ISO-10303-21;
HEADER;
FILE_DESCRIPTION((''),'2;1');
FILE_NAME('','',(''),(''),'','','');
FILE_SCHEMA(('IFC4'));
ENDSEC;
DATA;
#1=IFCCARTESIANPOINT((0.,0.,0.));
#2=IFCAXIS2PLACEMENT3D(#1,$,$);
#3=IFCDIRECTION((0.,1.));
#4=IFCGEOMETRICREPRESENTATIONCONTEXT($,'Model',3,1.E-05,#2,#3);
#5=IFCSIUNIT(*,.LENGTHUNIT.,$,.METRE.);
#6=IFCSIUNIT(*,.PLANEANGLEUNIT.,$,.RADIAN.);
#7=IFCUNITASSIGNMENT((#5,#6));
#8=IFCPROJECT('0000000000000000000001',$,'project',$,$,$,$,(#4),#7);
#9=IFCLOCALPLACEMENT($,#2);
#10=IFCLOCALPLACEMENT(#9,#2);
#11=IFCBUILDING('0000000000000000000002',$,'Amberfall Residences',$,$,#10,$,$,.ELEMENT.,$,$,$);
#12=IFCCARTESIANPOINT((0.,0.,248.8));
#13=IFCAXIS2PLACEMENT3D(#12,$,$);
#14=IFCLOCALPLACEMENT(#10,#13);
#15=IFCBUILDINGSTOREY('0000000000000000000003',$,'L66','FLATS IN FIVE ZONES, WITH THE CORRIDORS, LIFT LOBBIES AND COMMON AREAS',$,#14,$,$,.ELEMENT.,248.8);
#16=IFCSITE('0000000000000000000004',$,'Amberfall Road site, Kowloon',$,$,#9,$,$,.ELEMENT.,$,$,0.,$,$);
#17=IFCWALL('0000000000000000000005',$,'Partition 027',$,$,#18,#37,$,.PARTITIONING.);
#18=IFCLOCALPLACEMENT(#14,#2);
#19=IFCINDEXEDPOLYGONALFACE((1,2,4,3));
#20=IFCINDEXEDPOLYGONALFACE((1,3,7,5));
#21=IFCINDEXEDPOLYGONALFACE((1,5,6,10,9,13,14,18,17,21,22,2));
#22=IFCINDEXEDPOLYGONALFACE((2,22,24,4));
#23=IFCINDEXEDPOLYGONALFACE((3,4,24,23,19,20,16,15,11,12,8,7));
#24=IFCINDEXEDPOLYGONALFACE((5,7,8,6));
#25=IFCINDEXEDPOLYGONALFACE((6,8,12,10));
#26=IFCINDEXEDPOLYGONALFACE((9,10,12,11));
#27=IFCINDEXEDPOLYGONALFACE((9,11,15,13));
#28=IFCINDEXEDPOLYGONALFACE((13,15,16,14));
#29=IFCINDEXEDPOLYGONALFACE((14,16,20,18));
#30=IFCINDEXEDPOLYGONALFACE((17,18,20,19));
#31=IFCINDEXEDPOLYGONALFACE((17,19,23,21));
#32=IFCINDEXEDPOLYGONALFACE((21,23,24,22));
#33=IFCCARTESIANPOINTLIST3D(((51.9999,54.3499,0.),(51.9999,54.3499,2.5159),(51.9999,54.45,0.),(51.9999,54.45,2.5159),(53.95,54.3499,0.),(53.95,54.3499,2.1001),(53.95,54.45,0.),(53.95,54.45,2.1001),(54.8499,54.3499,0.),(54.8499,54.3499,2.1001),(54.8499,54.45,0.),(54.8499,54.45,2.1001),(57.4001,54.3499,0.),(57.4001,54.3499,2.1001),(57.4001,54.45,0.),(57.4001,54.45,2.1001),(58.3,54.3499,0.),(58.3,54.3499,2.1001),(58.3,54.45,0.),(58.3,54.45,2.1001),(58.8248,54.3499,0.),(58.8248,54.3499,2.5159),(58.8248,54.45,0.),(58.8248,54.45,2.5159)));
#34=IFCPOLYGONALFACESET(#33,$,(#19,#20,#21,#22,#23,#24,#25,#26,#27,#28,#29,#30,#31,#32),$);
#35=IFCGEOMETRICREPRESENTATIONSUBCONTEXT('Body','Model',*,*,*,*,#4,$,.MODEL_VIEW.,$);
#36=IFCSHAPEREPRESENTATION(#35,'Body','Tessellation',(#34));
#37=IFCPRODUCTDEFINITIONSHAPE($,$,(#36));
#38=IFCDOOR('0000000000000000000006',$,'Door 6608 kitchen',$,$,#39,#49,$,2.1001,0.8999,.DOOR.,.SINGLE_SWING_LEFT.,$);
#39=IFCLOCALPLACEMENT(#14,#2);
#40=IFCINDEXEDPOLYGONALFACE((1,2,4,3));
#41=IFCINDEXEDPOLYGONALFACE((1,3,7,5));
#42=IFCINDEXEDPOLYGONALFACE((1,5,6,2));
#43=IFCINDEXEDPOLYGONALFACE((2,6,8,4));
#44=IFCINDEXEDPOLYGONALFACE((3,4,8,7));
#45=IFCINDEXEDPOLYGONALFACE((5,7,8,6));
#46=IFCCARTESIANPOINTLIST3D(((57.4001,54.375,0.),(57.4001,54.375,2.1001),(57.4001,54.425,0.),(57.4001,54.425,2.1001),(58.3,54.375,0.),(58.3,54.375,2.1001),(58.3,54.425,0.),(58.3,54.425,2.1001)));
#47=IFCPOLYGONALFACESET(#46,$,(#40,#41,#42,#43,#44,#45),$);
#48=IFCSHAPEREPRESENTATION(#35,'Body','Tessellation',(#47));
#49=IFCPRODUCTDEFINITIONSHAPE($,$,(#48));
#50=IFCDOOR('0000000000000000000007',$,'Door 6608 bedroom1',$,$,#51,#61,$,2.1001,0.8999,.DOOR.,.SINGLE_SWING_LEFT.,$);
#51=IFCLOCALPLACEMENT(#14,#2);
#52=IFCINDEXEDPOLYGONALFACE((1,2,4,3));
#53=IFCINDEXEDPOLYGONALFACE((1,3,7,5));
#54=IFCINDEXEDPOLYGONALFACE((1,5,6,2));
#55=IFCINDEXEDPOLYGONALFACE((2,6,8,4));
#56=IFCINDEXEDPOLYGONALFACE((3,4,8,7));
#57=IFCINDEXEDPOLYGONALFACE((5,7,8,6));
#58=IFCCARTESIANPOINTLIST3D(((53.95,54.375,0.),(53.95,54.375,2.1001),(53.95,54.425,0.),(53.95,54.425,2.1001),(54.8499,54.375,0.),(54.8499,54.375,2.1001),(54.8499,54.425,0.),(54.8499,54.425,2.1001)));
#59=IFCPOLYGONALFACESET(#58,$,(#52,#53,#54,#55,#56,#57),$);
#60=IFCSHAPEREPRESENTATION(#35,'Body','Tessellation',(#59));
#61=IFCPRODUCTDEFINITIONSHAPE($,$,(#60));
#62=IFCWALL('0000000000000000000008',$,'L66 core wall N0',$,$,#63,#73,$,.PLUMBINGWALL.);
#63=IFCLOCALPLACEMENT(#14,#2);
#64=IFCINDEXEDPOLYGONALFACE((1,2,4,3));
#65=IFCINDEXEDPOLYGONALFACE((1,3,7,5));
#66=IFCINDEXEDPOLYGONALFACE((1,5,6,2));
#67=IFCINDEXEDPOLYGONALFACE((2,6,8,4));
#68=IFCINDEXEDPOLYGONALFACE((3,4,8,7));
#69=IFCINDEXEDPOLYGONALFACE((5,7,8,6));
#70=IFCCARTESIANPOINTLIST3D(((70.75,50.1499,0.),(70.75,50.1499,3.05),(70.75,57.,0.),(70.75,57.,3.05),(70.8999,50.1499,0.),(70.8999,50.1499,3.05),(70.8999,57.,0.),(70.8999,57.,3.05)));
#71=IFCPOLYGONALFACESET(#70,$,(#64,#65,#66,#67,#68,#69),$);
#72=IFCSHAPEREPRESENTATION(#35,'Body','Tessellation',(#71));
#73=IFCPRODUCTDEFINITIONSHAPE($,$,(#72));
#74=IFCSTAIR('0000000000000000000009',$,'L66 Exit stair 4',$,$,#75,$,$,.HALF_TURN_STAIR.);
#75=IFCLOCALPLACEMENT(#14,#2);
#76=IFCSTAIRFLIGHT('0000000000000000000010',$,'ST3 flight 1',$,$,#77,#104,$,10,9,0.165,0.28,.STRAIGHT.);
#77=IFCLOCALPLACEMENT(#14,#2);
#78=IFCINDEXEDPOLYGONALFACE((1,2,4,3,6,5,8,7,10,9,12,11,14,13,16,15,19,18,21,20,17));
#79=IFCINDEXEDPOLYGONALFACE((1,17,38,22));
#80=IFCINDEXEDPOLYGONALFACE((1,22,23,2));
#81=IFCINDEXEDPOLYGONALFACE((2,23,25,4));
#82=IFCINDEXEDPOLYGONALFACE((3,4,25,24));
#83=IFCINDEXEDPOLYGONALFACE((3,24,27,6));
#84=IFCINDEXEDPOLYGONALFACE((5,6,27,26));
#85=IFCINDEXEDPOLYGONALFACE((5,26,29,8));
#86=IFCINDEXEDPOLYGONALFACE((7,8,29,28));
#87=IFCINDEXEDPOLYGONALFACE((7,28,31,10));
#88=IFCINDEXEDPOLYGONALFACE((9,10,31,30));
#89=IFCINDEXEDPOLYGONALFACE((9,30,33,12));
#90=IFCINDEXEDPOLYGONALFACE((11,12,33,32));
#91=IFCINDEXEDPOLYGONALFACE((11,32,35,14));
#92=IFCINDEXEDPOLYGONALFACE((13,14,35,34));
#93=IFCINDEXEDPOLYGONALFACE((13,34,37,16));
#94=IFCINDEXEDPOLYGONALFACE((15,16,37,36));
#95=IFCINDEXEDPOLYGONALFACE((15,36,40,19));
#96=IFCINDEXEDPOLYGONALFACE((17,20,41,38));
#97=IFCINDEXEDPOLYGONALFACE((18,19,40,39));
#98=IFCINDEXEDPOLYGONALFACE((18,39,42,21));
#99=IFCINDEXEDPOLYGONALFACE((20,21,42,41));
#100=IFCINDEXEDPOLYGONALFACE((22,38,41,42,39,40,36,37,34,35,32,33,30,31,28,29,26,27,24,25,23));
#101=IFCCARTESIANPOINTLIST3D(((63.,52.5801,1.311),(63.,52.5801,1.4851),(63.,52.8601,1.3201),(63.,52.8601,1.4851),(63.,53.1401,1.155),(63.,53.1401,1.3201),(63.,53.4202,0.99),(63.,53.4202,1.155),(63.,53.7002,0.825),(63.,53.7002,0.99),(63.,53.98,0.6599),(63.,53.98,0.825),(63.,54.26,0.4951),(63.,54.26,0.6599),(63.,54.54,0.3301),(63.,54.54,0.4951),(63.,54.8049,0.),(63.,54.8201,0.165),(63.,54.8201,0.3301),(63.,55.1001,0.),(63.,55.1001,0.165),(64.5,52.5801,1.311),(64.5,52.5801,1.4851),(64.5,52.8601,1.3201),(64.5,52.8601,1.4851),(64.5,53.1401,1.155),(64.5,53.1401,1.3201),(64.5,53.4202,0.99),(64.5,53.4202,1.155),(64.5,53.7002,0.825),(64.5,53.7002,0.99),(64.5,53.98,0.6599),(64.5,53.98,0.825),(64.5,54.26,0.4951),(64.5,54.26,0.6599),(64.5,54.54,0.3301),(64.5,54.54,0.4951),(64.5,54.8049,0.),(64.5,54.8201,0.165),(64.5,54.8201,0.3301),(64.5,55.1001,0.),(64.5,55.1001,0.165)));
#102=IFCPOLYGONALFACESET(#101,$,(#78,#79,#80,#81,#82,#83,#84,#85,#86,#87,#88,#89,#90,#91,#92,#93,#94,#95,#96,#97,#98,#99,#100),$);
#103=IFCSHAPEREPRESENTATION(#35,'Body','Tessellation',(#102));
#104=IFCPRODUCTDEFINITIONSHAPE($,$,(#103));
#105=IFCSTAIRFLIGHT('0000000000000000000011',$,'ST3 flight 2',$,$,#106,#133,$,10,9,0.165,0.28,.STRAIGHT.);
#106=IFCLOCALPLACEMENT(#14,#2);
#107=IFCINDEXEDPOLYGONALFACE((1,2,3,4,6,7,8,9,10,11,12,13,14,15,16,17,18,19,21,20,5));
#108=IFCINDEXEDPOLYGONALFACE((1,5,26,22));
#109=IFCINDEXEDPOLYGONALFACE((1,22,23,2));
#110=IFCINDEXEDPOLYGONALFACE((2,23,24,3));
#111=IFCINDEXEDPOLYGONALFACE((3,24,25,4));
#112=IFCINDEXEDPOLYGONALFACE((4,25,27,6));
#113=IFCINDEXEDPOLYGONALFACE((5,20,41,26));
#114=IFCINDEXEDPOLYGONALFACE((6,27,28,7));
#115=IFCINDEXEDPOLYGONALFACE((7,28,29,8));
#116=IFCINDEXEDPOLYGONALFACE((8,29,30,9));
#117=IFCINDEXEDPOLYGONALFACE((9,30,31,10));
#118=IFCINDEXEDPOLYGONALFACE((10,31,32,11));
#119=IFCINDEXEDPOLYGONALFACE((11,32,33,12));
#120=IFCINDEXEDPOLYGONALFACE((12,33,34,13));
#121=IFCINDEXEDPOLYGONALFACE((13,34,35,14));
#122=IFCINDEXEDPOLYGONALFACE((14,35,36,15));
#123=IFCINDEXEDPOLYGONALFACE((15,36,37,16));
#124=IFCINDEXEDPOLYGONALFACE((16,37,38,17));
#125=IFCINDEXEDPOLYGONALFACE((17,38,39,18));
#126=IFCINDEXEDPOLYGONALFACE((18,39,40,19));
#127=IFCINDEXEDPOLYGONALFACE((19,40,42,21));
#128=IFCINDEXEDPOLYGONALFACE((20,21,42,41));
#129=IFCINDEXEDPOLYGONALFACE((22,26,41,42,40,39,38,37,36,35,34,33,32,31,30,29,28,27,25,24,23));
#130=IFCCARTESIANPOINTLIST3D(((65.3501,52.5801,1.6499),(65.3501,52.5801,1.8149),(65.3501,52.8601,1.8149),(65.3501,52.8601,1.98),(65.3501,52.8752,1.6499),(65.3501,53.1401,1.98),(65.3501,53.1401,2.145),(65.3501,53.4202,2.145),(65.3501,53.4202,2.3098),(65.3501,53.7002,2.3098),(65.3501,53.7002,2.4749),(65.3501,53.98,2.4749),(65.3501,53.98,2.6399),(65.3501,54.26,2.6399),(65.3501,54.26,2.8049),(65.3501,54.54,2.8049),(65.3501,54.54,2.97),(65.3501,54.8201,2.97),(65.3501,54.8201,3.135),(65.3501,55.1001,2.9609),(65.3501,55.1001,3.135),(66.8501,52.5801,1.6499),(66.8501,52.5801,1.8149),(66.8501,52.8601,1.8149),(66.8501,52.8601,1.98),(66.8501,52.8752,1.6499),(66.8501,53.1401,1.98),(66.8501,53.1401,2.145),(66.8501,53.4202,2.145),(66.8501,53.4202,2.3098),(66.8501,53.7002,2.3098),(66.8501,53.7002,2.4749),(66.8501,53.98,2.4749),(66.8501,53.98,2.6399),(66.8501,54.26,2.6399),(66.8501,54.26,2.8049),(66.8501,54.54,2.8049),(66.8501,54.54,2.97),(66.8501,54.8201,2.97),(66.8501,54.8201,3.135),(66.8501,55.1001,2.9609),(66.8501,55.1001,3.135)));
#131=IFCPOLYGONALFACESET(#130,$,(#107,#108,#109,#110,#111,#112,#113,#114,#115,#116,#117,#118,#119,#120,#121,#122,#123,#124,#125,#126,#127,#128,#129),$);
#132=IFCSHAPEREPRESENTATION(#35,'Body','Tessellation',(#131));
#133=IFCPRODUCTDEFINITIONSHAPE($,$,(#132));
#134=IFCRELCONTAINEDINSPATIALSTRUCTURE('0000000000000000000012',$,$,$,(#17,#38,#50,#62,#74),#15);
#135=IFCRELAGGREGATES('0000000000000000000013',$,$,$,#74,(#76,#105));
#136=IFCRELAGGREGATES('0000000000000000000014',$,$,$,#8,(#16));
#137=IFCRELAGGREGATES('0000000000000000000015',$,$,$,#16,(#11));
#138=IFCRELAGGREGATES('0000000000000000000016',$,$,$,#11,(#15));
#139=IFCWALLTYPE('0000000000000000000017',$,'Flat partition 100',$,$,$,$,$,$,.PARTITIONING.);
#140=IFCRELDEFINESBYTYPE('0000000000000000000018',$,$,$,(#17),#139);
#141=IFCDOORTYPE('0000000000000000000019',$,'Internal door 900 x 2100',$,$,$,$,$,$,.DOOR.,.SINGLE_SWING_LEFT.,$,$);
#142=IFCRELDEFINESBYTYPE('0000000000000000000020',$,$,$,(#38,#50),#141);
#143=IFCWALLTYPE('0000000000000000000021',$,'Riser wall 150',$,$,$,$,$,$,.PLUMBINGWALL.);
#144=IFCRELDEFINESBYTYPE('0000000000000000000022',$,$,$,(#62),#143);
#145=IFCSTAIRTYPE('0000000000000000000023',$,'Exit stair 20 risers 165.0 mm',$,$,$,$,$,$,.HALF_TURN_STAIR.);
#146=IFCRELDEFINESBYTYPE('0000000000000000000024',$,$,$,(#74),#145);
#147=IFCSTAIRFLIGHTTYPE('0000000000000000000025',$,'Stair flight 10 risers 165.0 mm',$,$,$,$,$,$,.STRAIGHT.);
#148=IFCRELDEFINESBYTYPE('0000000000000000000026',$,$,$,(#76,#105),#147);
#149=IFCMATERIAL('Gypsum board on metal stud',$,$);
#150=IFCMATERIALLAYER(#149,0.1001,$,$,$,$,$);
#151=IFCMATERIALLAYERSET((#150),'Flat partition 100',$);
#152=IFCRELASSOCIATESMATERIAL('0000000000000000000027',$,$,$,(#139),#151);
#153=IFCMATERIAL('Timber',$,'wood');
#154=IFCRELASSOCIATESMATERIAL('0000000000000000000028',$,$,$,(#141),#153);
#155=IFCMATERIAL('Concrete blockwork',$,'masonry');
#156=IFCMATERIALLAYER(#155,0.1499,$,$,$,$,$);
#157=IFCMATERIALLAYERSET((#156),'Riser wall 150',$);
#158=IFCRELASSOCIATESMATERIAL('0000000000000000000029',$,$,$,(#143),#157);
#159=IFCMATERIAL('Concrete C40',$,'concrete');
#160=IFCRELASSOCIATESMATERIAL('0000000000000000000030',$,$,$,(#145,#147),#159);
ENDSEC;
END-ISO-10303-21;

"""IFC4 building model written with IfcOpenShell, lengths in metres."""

from ifc_helpers import new_model, si_unit, direction, frame, frame_2d, origin, place, context, subcontext, project, spatial, polyline, rectangle, outline, extrude, material, layer, layer_set, type_object, element, fill, aggregate, save


model = new_model("IFC4")

# Units and contexts
model_context = context("Model", 3, precision=1e-05, world=origin(), true_north=direction((0.0, 1.0)))
body_context = subcontext(model_context, "Body", "Model", "MODEL_VIEW")
ifc_project = project(units=[si_unit("LENGTHUNIT", "METRE"), si_unit("PLANEANGLEUNIT", "RADIAN")], contexts=[model_context])

# Site, building, storey
site_placement = place(None, origin())
site = spatial("IfcSite", under=ifc_project, at=site_placement, Name="Amberfall Road site, Kowloon", CompositionType="ELEMENT", RefElevation=0.0)
building_placement = place(site_placement, origin())
building = spatial("IfcBuilding", under=site, at=building_placement, Name="Amberfall Residences", CompositionType="ELEMENT")
storey_placement = place(building_placement, frame((0.0, 0.0, 248.8)))
storey = spatial("IfcBuildingStorey", under=building, at=storey_placement, Name="L66", Description="FLATS IN FIVE ZONES, WITH THE CORRIDORS, LIFT LOBBIES AND COMMON AREAS", CompositionType="ELEMENT", Elevation=248.8)

# Wall, openings, doors
ifc_material_1 = material(Name="Gypsum board on metal stud")
ifc_layer_1 = layer(ifc_material_1, 0.1001)
ifc_layer_set_1 = layer_set([ifc_layer_1], Name="Flat partition 100")
wall_type_1 = type_object("IfcWallType", Name="Flat partition 100", PredefinedType="PARTITIONING", material=ifc_layer_set_1)
wall_1_placement = place(storey_placement, frame((58.825, 54.3999, 0.0), z_axis=(0.0, 0.0, 1.0), x_axis=(-1.0, 0.0, 0.0)))
wall_1 = element("IfcWall", 1, at=wall_1_placement, inside=storey, type_object=wall_type_1, Name="Partition 027", PredefinedType="PARTITIONING", context=body_context, shape_type="SweptSolid", body=[
    extrude(rectangle(XDim=6.825, YDim=0.1001, at=frame_2d((3.4126, 0.0))), origin(), (0.0, 0.0, 1.0), 2.5159),
])
opening_1_placement = place(wall_1_placement, frame((0.5249, 0.0, 0.0)))
opening_1 = element("IfcOpeningElement", 2, at=opening_1_placement, cuts=wall_1, PredefinedType="OPENING", context=body_context, shape_type="SweptSolid", body=[
    extrude(rectangle(XDim=0.8999, YDim=2.1001, at=frame_2d((0.45, 1.05))), frame((0.0, 0.0601, 0.0), z_axis=(0.0, -1.0, 0.0), x_axis=(1.0, 0.0, 0.0)), (0.0, 0.0, 1.0), 0.1201),
])
opening_2_placement = place(wall_1_placement, frame((3.9751, 0.0, 0.0)))
opening_2 = element("IfcOpeningElement", 3, at=opening_2_placement, cuts=wall_1, PredefinedType="OPENING", context=body_context, shape_type="SweptSolid", body=[
    extrude(rectangle(XDim=0.8999, YDim=2.1001, at=frame_2d((0.45, 1.05))), frame((0.0, 0.0601, 0.0), z_axis=(0.0, -1.0, 0.0), x_axis=(1.0, 0.0, 0.0)), (0.0, 0.0, 1.0), 0.1201),
])
ifc_material_2 = material(Name="Timber", Category="wood")
door_type_1 = type_object("IfcDoorType", Name="Internal door 900 x 2100", OperationType="SINGLE_SWING_LEFT", PredefinedType="DOOR", material=ifc_material_2)
door_1_placement = place(opening_1_placement, origin())
door_1 = element("IfcDoor", 4, at=door_1_placement, inside=storey, type_object=door_type_1, Name="Door 6608 kitchen", OperationType="SINGLE_SWING_LEFT", OverallHeight=2.1001, OverallWidth=0.8999, PredefinedType="DOOR", context=body_context, shape_type="SweptSolid", body=[
    extrude(rectangle(XDim=0.8999, YDim=2.1001, at=frame_2d((0.45, 1.05))), frame((0.0, 0.0249, 0.0), z_axis=(0.0, -1.0, 0.0), x_axis=(1.0, 0.0, 0.0)), (0.0, 0.0, 1.0), 0.05),
])
fill(opening_1, door_1)
door_2_placement = place(opening_2_placement, origin())
door_2 = element("IfcDoor", 5, at=door_2_placement, inside=storey, type_object=door_type_1, Name="Door 6608 bedroom1", OperationType="SINGLE_SWING_LEFT", OverallHeight=2.1001, OverallWidth=0.8999, PredefinedType="DOOR", context=body_context, shape_type="SweptSolid", body=[
    extrude(rectangle(XDim=0.8999, YDim=2.1001, at=frame_2d((0.45, 1.05))), frame((0.0, 0.0249, 0.0), z_axis=(0.0, -1.0, 0.0), x_axis=(1.0, 0.0, 0.0)), (0.0, 0.0, 1.0), 0.05),
])
fill(opening_2, door_2)

# Wall
ifc_material_3 = material(Name="Concrete blockwork", Category="masonry")
ifc_layer_2 = layer(ifc_material_3, 0.1499)
ifc_layer_set_2 = layer_set([ifc_layer_2], Name="Riser wall 150")
wall_type_2 = type_object("IfcWallType", Name="Riser wall 150", PredefinedType="PLUMBINGWALL", material=ifc_layer_set_2)
wall_2_placement = place(storey_placement, frame((70.825, 50.1499, 0.0), z_axis=(0.0, 0.0, 1.0), x_axis=(0.0, 1.0, 0.0)))
element("IfcWall", 6, at=wall_2_placement, inside=storey, type_object=wall_type_2, Name="L66 core wall N0", PredefinedType="PLUMBINGWALL", context=body_context, shape_type="SweptSolid", body=[
    extrude(rectangle(XDim=6.8501, YDim=0.1499, at=frame_2d((3.425, 0.0))), origin(), (0.0, 0.0, 1.0), 3.05),
])

# Stair, stair flights
ifc_material_4 = material(Name="Concrete C40", Category="concrete")
stair_type = type_object("IfcStairType", Name="Exit stair 20 risers 165.0 mm", PredefinedType="HALF_TURN_STAIR", material=ifc_material_4)
stair_placement = place(storey_placement, origin())
stair = element("IfcStair", 7, at=stair_placement, inside=storey, type_object=stair_type, Name="L66 Exit stair 4", PredefinedType="HALF_TURN_STAIR")
stair_flight_type = type_object("IfcStairFlightType", Name="Stair flight 10 risers 165.0 mm", PredefinedType="STRAIGHT", material=ifc_material_4)
stair_flight_1_placement = place(storey_placement, frame((63.75, 55.1001, 0.0), z_axis=(0.0, 0.0, 1.0), x_axis=(0.0, -1.0, 0.0)))
stair_flight_1 = element("IfcStairFlight", 8, at=stair_flight_1_placement, type_object=stair_flight_type, Name="ST3 flight 1", NumberOfRisers=10, NumberOfTreads=9, PredefinedType="STRAIGHT", RiserHeight=0.165, TreadLength=0.28, context=body_context, shape_type="SweptSolid", body=[
    extrude(outline(polyline([(0.0, 0.0), (0.0, 0.165), (0.28, 0.165), (0.28, 0.3301), (0.5601, 0.3301), (0.5601, 0.4951), (0.8401, 0.4951), (0.8401, 0.6599), (1.1201, 0.6599), (1.1201, 0.825), (1.3999, 0.825), (1.3999, 0.99), (1.6799, 0.99), (1.6799, 1.155), (1.96, 1.155), (1.96, 1.3201), (2.24, 1.3201), (2.24, 1.4851), (2.52, 1.4851), (2.52, 1.6499), (2.52, 1.311), (0.2952, 0.0), (0.0, 0.0)])), frame((0.0, 0.75, 0.0), z_axis=(0.0, -1.0, 0.0), x_axis=(1.0, 0.0, 0.0)), (0.0, 0.0, 1.0), 1.5),
])
stair_flight_2_placement = place(storey_placement, frame((66.1001, 52.5801, 1.6499), z_axis=(0.0, 0.0, 1.0), x_axis=(0.0, 1.0, 0.0)))
stair_flight_2 = element("IfcStairFlight", 9, at=stair_flight_2_placement, type_object=stair_flight_type, Name="ST3 flight 2", NumberOfRisers=10, NumberOfTreads=9, PredefinedType="STRAIGHT", RiserHeight=0.165, TreadLength=0.28, context=body_context, shape_type="SweptSolid", body=[
    extrude(outline(polyline([(0.0, 0.0), (0.0, 0.165), (0.28, 0.165), (0.28, 0.3301), (0.5601, 0.3301), (0.5601, 0.4951), (0.8401, 0.4951), (0.8401, 0.6599), (1.1201, 0.6599), (1.1201, 0.825), (1.3999, 0.825), (1.3999, 0.99), (1.6799, 0.99), (1.6799, 1.155), (1.96, 1.155), (1.96, 1.3201), (2.24, 1.3201), (2.24, 1.4851), (2.52, 1.4851), (2.52, 1.6499), (2.52, 1.311), (0.2952, 0.0), (0.0, 0.0)])), frame((0.0, 0.75, 0.0), z_axis=(0.0, -1.0, 0.0), x_axis=(1.0, 0.0, 0.0)), (0.0, 0.0, 1.0), 1.5),
])
aggregate(stair, [stair_flight_1, stair_flight_2])

save(model, "model.ifc")
